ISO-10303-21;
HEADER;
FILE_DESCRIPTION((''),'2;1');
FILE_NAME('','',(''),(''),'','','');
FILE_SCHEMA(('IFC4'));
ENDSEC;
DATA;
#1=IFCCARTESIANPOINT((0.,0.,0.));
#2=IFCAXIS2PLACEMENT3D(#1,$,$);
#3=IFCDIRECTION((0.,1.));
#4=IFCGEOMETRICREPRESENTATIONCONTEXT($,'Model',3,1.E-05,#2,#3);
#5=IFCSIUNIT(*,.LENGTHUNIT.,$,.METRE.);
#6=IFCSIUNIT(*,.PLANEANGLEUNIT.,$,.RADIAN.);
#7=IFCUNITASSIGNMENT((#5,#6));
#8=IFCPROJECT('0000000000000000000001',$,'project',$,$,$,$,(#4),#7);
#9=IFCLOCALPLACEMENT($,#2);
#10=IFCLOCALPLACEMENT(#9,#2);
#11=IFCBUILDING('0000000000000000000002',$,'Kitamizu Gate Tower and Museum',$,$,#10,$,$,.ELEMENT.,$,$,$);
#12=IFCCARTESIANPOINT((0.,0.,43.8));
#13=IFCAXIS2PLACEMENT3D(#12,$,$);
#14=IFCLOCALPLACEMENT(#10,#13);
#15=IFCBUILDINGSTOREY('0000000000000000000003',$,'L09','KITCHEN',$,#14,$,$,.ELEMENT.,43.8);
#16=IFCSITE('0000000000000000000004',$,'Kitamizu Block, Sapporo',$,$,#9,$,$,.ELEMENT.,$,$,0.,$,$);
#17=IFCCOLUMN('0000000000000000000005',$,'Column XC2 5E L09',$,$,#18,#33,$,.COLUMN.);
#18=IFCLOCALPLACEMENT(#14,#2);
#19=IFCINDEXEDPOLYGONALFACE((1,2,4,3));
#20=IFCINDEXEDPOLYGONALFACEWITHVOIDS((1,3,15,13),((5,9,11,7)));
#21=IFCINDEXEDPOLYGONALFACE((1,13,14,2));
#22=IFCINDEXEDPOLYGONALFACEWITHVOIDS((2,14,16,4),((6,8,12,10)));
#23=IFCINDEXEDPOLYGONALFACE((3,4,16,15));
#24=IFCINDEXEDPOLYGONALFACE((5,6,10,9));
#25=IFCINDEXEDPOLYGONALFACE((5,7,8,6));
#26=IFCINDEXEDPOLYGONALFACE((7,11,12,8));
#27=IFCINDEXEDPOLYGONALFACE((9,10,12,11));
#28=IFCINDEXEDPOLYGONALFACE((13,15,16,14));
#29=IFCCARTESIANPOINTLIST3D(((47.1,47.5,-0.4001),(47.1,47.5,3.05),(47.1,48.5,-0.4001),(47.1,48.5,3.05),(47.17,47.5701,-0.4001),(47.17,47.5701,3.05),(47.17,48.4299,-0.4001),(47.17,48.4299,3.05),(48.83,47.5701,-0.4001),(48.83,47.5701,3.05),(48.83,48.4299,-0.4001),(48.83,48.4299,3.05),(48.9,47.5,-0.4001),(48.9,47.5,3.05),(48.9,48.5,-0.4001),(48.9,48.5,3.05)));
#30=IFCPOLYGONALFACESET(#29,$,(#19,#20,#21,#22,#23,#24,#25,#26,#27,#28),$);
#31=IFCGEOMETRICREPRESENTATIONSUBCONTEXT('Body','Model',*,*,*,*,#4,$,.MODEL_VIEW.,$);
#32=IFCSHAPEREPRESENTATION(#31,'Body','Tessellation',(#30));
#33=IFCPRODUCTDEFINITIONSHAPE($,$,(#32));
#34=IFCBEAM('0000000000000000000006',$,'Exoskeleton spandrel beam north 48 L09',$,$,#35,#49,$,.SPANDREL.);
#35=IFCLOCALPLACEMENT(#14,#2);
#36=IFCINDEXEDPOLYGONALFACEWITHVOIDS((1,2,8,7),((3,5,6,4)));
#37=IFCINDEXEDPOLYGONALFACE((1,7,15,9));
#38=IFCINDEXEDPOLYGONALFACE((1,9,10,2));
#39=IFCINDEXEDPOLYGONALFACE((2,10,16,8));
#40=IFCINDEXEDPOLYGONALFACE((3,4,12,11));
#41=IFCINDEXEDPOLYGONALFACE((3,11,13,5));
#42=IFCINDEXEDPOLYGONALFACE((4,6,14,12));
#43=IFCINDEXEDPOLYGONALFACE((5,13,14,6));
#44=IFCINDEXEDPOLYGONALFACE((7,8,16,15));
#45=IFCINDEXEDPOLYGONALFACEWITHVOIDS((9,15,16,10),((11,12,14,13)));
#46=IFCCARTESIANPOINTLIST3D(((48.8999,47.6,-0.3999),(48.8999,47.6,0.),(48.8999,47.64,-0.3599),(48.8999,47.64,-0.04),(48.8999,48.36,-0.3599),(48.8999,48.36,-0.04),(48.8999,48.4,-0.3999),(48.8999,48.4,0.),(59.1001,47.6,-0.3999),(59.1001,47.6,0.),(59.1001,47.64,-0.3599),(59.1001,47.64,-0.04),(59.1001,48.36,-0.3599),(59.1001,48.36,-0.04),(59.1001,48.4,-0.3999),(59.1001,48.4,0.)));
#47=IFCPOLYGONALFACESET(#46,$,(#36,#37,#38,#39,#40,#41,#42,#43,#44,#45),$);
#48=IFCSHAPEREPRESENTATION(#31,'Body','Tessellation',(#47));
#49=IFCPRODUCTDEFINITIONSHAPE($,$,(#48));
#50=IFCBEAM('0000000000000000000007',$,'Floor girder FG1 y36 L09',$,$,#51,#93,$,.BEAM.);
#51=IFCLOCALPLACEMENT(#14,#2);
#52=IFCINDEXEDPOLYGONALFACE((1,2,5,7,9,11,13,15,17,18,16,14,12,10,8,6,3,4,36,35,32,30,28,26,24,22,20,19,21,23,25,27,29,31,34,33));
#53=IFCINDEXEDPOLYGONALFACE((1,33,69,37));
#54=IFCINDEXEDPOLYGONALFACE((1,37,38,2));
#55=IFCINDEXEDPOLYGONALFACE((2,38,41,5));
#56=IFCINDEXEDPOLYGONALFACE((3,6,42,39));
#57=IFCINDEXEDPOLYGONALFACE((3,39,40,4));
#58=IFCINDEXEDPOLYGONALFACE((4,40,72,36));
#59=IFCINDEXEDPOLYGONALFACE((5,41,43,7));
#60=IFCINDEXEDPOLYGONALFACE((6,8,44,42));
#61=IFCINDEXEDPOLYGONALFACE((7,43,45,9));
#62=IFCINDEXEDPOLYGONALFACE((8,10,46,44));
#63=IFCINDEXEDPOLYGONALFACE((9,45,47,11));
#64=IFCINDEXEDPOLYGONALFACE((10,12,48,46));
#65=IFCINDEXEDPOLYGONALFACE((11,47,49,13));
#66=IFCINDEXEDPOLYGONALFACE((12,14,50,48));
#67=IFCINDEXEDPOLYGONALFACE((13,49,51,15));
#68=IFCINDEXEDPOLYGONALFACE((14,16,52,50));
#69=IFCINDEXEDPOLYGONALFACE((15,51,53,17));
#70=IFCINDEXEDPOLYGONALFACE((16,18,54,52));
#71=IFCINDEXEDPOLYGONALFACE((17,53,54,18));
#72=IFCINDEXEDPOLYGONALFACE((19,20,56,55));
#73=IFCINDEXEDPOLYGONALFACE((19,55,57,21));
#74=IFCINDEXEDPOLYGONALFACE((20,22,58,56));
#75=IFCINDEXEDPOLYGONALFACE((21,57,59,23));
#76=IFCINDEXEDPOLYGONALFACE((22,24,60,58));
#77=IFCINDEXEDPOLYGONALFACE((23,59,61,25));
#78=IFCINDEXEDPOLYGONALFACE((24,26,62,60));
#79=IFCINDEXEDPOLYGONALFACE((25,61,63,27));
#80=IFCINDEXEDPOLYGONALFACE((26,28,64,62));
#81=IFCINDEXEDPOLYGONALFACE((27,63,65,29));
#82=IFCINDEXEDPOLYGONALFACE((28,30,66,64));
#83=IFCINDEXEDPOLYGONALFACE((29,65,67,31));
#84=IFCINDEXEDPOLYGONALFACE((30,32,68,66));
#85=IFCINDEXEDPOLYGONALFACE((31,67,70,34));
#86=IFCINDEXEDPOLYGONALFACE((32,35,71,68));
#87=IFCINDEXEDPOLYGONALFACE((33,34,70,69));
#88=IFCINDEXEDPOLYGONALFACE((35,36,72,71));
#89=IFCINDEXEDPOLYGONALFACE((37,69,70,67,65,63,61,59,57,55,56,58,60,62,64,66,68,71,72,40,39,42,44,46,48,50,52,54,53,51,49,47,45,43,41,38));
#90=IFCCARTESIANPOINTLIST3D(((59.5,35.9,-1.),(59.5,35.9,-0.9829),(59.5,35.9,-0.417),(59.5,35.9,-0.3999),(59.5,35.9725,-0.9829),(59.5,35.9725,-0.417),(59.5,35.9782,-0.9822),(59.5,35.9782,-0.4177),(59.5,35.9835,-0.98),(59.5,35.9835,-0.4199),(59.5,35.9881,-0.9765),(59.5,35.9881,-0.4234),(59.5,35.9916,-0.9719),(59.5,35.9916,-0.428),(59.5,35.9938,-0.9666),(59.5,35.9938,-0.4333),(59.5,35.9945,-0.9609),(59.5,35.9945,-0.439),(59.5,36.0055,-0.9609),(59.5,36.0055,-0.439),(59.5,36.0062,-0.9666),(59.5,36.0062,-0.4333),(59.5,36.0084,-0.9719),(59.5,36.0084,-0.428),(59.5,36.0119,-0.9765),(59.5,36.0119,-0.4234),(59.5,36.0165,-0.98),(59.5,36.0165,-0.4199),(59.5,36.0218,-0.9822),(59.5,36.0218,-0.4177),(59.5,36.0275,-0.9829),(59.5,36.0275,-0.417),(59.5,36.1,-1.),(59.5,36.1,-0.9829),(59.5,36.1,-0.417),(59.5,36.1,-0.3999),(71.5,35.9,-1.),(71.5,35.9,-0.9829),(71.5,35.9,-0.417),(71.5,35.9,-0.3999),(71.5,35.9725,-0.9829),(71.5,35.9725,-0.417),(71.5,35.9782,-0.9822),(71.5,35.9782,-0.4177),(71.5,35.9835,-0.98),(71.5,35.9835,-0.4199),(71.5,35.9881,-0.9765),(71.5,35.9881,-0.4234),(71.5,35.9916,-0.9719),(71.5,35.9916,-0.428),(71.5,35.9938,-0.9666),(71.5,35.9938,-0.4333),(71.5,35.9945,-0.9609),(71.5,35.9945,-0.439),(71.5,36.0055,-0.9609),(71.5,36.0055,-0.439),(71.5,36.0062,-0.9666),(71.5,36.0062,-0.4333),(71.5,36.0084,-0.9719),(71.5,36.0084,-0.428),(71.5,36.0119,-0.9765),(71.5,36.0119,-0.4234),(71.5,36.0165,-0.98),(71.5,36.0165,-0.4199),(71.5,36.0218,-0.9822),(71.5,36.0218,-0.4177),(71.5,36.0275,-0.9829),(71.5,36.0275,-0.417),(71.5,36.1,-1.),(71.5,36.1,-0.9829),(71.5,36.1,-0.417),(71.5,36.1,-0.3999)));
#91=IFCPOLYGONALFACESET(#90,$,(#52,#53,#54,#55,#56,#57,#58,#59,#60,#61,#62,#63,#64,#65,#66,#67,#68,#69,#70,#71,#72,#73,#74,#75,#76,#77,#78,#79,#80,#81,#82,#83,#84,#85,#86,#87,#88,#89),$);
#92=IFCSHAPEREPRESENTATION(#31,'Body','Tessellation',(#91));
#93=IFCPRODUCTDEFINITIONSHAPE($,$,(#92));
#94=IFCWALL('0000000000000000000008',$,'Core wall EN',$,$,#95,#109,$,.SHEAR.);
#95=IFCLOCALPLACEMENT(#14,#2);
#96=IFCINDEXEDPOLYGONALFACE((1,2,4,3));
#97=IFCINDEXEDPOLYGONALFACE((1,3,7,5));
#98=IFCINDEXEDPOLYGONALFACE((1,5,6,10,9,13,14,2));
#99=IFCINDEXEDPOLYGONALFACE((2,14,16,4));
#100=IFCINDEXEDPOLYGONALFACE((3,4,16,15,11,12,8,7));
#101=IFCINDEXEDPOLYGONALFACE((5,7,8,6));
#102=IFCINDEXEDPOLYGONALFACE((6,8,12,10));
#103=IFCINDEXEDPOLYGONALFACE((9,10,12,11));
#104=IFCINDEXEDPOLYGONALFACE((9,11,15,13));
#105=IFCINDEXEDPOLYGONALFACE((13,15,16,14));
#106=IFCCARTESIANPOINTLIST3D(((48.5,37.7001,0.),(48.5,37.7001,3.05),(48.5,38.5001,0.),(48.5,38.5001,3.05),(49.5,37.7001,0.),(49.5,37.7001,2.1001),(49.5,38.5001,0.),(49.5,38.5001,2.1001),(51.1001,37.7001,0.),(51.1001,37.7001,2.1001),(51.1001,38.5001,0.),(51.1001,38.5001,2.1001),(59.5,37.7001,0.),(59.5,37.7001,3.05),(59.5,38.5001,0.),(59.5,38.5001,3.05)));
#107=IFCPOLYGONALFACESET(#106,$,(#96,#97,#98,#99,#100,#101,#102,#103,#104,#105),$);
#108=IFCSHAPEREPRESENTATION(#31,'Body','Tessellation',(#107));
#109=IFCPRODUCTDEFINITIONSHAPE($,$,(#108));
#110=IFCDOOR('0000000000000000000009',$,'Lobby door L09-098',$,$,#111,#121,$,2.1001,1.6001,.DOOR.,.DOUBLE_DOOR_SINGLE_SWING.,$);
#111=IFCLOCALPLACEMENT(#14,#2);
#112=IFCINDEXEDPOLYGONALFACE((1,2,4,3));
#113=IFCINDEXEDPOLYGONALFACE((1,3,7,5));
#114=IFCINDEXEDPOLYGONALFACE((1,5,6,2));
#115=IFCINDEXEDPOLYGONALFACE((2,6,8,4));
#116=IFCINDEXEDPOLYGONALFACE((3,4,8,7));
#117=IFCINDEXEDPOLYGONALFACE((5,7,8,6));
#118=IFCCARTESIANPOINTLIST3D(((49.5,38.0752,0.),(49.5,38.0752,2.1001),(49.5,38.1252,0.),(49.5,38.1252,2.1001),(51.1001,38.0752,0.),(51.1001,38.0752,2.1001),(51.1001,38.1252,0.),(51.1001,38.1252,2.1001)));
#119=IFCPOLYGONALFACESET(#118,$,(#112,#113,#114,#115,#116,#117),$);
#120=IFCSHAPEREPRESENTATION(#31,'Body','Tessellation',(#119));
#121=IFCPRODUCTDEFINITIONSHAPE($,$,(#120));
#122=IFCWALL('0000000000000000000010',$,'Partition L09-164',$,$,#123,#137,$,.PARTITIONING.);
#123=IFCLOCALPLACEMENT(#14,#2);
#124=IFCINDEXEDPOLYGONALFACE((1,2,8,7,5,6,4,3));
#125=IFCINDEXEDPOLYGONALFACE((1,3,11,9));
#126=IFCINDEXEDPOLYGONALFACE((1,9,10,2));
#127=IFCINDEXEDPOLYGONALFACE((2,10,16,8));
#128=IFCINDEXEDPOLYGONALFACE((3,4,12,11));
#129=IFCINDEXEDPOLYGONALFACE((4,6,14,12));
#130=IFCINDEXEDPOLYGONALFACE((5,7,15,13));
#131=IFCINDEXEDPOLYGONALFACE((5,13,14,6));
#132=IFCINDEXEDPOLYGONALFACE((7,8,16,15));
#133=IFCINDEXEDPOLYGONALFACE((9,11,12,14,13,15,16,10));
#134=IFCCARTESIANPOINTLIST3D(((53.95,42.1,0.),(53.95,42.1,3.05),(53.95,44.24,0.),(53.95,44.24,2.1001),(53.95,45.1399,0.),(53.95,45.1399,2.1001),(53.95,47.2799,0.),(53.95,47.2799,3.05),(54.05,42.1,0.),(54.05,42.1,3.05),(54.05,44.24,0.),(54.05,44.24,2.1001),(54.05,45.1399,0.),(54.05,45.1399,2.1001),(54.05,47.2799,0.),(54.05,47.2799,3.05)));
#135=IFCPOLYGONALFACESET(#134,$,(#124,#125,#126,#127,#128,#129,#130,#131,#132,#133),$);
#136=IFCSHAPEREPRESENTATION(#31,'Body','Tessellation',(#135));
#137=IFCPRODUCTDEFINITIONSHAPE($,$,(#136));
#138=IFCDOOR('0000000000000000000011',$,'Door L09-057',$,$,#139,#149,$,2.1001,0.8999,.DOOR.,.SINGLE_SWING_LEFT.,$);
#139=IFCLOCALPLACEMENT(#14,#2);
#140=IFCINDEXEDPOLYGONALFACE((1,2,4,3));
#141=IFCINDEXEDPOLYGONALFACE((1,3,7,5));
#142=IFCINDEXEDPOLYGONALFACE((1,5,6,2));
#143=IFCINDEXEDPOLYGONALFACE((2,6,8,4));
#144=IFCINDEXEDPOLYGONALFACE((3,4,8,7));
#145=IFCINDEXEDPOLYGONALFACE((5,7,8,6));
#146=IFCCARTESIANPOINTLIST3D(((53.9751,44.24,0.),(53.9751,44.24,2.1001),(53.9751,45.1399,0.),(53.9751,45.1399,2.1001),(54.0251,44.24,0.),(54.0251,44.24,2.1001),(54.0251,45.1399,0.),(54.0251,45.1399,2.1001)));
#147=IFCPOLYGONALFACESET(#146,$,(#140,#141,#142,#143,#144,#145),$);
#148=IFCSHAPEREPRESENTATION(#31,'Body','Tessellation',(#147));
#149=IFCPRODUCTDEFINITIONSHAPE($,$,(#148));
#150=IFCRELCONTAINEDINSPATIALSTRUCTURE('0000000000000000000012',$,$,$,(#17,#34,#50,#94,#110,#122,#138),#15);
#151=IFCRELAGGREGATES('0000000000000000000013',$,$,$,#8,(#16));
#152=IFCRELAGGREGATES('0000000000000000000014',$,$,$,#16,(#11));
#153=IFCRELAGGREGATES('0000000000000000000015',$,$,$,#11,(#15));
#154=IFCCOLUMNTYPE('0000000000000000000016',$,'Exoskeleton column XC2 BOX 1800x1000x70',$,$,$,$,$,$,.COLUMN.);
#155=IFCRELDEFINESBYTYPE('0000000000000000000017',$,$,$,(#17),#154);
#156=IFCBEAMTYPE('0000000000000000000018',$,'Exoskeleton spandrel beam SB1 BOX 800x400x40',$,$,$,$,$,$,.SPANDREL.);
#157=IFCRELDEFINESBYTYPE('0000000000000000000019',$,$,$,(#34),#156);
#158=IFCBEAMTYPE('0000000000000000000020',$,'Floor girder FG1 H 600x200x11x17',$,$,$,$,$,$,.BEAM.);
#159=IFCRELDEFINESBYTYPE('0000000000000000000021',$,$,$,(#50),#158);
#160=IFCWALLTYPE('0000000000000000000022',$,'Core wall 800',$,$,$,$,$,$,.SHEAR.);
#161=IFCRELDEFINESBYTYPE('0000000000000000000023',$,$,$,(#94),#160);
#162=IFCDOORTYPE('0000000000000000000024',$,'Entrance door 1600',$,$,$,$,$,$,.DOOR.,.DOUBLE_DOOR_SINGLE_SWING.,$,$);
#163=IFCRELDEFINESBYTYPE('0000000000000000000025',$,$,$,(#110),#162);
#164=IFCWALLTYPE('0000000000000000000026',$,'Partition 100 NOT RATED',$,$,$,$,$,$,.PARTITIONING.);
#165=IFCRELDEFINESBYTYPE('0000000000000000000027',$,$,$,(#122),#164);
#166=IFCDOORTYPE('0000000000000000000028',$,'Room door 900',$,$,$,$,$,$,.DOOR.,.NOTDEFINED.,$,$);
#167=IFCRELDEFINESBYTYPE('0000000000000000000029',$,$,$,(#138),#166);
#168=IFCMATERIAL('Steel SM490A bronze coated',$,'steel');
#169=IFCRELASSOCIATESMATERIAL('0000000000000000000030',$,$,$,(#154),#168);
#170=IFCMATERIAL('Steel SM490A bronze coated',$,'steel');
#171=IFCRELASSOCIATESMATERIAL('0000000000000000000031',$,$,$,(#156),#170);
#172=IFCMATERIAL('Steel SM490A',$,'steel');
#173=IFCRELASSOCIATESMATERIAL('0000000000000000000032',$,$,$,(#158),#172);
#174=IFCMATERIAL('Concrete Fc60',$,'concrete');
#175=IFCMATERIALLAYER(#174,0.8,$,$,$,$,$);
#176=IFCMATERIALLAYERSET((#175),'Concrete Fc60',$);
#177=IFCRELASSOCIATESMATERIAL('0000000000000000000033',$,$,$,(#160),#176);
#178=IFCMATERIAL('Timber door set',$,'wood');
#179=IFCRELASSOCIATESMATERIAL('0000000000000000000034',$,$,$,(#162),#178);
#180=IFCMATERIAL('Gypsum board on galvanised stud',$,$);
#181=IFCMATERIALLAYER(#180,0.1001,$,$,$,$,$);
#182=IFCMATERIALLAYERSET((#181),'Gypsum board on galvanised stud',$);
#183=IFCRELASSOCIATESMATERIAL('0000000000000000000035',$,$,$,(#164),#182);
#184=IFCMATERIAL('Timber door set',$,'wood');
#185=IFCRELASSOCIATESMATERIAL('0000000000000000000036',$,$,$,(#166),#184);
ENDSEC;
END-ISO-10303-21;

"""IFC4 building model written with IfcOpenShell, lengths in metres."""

from ifc_helpers import new_model, si_unit, direction, frame, frame_2d, origin, origin_2d, place, context, subcontext, project, spatial, rectangle, hollow_rectangle, i_section, extrude, material, layer, layer_set, material_profile, profile_set, type_object, element, fill, save


model = new_model("IFC4")

# Units and contexts
model_context = context("Model", 3, precision=1e-05, world=origin(), true_north=direction((0.0, 1.0)))
body_context = subcontext(model_context, "Body", "Model", "MODEL_VIEW")
ifc_project = project(units=[si_unit("LENGTHUNIT", "METRE"), si_unit("PLANEANGLEUNIT", "RADIAN")], contexts=[model_context])

# Site, building, storey
site_placement = place(None, origin())
site = spatial("IfcSite", under=ifc_project, at=site_placement, Name="Kitamizu Block, Sapporo", CompositionType="ELEMENT", RefElevation=0.0)
building_placement = place(site_placement, origin())
building = spatial("IfcBuilding", under=site, at=building_placement, Name="Kitamizu Gate Tower and Museum", CompositionType="ELEMENT")
storey_placement = place(building_placement, frame((0.0, 0.0, 43.8)))
storey = spatial("IfcBuildingStorey", under=building, at=storey_placement, Name="L09", Description="KITCHEN", CompositionType="ELEMENT", Elevation=43.8)

# Column
ifc_material_1 = material(Name="Steel SM490A bronze coated", Category="steel")
ifc_material_profile_1 = material_profile(ifc_material_1, hollow_rectangle(XDim=1.8, YDim=1.0, WallThickness=0.0701, at=origin_2d()), Name="BOX 1800x1000x70")
ifc_profile_set_1 = profile_set([ifc_material_profile_1], Name="Steel SM490A bronze coated")
column_type = type_object("IfcColumnType", Name="Exoskeleton column XC2 BOX 1800x1000x70", PredefinedType="COLUMN", material=ifc_profile_set_1)
column_placement = place(storey_placement, frame((48.0, 48.0, -0.4001), z_axis=(0.0, 0.0, 1.0), x_axis=(1.0, 0.0, 0.0)))
element("IfcColumn", 1, at=column_placement, inside=storey, type_object=column_type, Name="Column XC2 5E L09", PredefinedType="COLUMN", context=body_context, shape_type="SweptSolid", body=[
    extrude(hollow_rectangle(XDim=1.8, YDim=1.0, WallThickness=0.0701, at=origin_2d()), origin(), (0.0, 0.0, 1.0), 3.4502),
])

# Beams
ifc_material_2 = material(Name="Steel SM490A bronze coated", Category="steel")
ifc_material_profile_2 = material_profile(ifc_material_2, hollow_rectangle(XDim=0.8, YDim=0.3999, WallThickness=0.04, at=origin_2d()), Name="BOX 800x400x40")
ifc_profile_set_2 = profile_set([ifc_material_profile_2], Name="Steel SM490A bronze coated")
beam_type_1 = type_object("IfcBeamType", Name="Exoskeleton spandrel beam SB1 BOX 800x400x40", PredefinedType="SPANDREL", material=ifc_profile_set_2)
beam_1_placement = place(storey_placement, frame((48.8999, 48.0, -0.2), z_axis=(1.0, 0.0, 0.0), x_axis=(0.0, 1.0, 0.0)))
element("IfcBeam", 2, at=beam_1_placement, inside=storey, type_object=beam_type_1, Name="Exoskeleton spandrel beam north 48 L09", PredefinedType="SPANDREL", context=body_context, shape_type="SweptSolid", body=[
    extrude(hollow_rectangle(XDim=0.8, YDim=0.3999, WallThickness=0.04, at=origin_2d()), origin(), (0.0, 0.0, 1.0), 10.2002),
])
ifc_material_3 = material(Name="Steel SM490A", Category="steel")
ifc_material_profile_3 = material_profile(ifc_material_3, i_section(OverallWidth=0.2, OverallDepth=0.6001, WebThickness=0.011, FlangeThickness=0.0171, FilletRadius=0.022, at=origin_2d()), Name="H-600x200x11x17")
ifc_profile_set_3 = profile_set([ifc_material_profile_3], Name="Steel SM490A")
beam_type_2 = type_object("IfcBeamType", Name="Floor girder FG1 H 600x200x11x17", PredefinedType="BEAM", material=ifc_profile_set_3)
beam_2_placement = place(storey_placement, frame((59.5, 36.0, -0.7), z_axis=(1.0, 0.0, 0.0), x_axis=(0.0, 1.0, 0.0)))
element("IfcBeam", 3, at=beam_2_placement, inside=storey, type_object=beam_type_2, Name="Floor girder FG1 y36 L09", PredefinedType="BEAM", context=body_context, shape_type="SweptSolid", body=[
    extrude(i_section(OverallWidth=0.2, OverallDepth=0.6001, WebThickness=0.011, FlangeThickness=0.0171, FilletRadius=0.022, at=origin_2d()), origin(), (0.0, 0.0, 1.0), 12.0),
])

# Walls, openings, doors
ifc_material_4 = material(Name="Concrete Fc60", Category="concrete")
ifc_layer_1 = layer(ifc_material_4, 0.8)
ifc_layer_set_1 = layer_set([ifc_layer_1], Name="Concrete Fc60")
wall_type_1 = type_object("IfcWallType", Name="Core wall 800", PredefinedType="SHEAR", material=ifc_layer_set_1)
wall_1_placement = place(storey_placement, frame((59.5, 38.1001, 0.0), z_axis=(0.0, 0.0, 1.0), x_axis=(-1.0, 0.0, 0.0)))
wall_1 = element("IfcWall", 4, at=wall_1_placement, inside=storey, type_object=wall_type_1, Name="Core wall EN", PredefinedType="SHEAR", context=body_context, shape_type="SweptSolid", body=[
    extrude(rectangle(XDim=11.0, YDim=0.8, at=frame_2d((5.5, 0.0))), origin(), (0.0, 0.0, 1.0), 3.05),
])
opening_1_placement = place(wall_1_placement, frame((8.3999, 0.0, 0.0)))
opening_1 = element("IfcOpeningElement", 5, at=opening_1_placement, cuts=wall_1, PredefinedType="OPENING", context=body_context, shape_type="SweptSolid", body=[
    extrude(rectangle(XDim=1.6001, YDim=2.1001, at=frame_2d((0.8, 1.05))), frame((0.0, 0.4102, 0.0), z_axis=(0.0, -1.0, 0.0), x_axis=(1.0, 0.0, 0.0)), (0.0, 0.0, 1.0), 0.8201),
])
ifc_material_5 = material(Name="Timber door set", Category="wood")
door_type_1 = type_object("IfcDoorType", Name="Entrance door 1600", OperationType="DOUBLE_DOOR_SINGLE_SWING", PredefinedType="DOOR", material=ifc_material_5)
door_1_placement = place(opening_1_placement, origin())
door_1 = element("IfcDoor", 6, at=door_1_placement, inside=storey, type_object=door_type_1, Name="Lobby door L09-098", OperationType="DOUBLE_DOOR_SINGLE_SWING", OverallHeight=2.1001, OverallWidth=1.6001, PredefinedType="DOOR", context=body_context, shape_type="SweptSolid", body=[
    extrude(rectangle(XDim=1.6001, YDim=2.1001, at=frame_2d((0.8, 1.05))), frame((0.0, 0.0249, 0.0), z_axis=(0.0, -1.0, 0.0), x_axis=(1.0, 0.0, 0.0)), (0.0, 0.0, 1.0), 0.05),
])
fill(opening_1, door_1)
ifc_material_6 = material(Name="Gypsum board on galvanised stud")
ifc_layer_2 = layer(ifc_material_6, 0.1001)
ifc_layer_set_2 = layer_set([ifc_layer_2], Name="Gypsum board on galvanised stud")
wall_type_2 = type_object("IfcWallType", Name="Partition 100 NOT RATED", PredefinedType="PARTITIONING", material=ifc_layer_set_2)
wall_2_placement = place(storey_placement, frame((54.0, 42.1001, 0.0), z_axis=(0.0, 0.0, 1.0), x_axis=(0.0, 1.0, 0.0)))
wall_2 = element("IfcWall", 7, at=wall_2_placement, inside=storey, type_object=wall_type_2, Name="Partition L09-164", PredefinedType="PARTITIONING", context=body_context, shape_type="SweptSolid", body=[
    extrude(rectangle(XDim=5.1799, YDim=0.1001, at=frame_2d((2.5898, 0.0))), origin(), (0.0, 0.0, 1.0), 3.05),
])
opening_2_placement = place(wall_2_placement, frame((2.1399, 0.0, 0.0)))
opening_2 = element("IfcOpeningElement", 8, at=opening_2_placement, cuts=wall_2, PredefinedType="OPENING", context=body_context, shape_type="SweptSolid", body=[
    extrude(rectangle(XDim=0.8999, YDim=2.1001, at=frame_2d((0.45, 1.05))), frame((0.0, 0.0601, 0.0), z_axis=(0.0, -1.0, 0.0), x_axis=(1.0, 0.0, 0.0)), (0.0, 0.0, 1.0), 0.1201),
])
ifc_material_7 = material(Name="Timber door set", Category="wood")
door_type_2 = type_object("IfcDoorType", Name="Room door 900", OperationType="NOTDEFINED", PredefinedType="DOOR", material=ifc_material_7)
door_2_placement = place(opening_2_placement, origin())
door_2 = element("IfcDoor", 9, at=door_2_placement, inside=storey, type_object=door_type_2, Name="Door L09-057", OperationType="SINGLE_SWING_LEFT", OverallHeight=2.1001, OverallWidth=0.8999, PredefinedType="DOOR", context=body_context, shape_type="SweptSolid", body=[
    extrude(rectangle(XDim=0.8999, YDim=2.1001, at=frame_2d((0.45, 1.05))), frame((0.0, 0.0249, 0.0), z_axis=(0.0, -1.0, 0.0), x_axis=(1.0, 0.0, 0.0)), (0.0, 0.0, 1.0), 0.05),
])
fill(opening_2, door_2)

save(model, "model.ifc")
